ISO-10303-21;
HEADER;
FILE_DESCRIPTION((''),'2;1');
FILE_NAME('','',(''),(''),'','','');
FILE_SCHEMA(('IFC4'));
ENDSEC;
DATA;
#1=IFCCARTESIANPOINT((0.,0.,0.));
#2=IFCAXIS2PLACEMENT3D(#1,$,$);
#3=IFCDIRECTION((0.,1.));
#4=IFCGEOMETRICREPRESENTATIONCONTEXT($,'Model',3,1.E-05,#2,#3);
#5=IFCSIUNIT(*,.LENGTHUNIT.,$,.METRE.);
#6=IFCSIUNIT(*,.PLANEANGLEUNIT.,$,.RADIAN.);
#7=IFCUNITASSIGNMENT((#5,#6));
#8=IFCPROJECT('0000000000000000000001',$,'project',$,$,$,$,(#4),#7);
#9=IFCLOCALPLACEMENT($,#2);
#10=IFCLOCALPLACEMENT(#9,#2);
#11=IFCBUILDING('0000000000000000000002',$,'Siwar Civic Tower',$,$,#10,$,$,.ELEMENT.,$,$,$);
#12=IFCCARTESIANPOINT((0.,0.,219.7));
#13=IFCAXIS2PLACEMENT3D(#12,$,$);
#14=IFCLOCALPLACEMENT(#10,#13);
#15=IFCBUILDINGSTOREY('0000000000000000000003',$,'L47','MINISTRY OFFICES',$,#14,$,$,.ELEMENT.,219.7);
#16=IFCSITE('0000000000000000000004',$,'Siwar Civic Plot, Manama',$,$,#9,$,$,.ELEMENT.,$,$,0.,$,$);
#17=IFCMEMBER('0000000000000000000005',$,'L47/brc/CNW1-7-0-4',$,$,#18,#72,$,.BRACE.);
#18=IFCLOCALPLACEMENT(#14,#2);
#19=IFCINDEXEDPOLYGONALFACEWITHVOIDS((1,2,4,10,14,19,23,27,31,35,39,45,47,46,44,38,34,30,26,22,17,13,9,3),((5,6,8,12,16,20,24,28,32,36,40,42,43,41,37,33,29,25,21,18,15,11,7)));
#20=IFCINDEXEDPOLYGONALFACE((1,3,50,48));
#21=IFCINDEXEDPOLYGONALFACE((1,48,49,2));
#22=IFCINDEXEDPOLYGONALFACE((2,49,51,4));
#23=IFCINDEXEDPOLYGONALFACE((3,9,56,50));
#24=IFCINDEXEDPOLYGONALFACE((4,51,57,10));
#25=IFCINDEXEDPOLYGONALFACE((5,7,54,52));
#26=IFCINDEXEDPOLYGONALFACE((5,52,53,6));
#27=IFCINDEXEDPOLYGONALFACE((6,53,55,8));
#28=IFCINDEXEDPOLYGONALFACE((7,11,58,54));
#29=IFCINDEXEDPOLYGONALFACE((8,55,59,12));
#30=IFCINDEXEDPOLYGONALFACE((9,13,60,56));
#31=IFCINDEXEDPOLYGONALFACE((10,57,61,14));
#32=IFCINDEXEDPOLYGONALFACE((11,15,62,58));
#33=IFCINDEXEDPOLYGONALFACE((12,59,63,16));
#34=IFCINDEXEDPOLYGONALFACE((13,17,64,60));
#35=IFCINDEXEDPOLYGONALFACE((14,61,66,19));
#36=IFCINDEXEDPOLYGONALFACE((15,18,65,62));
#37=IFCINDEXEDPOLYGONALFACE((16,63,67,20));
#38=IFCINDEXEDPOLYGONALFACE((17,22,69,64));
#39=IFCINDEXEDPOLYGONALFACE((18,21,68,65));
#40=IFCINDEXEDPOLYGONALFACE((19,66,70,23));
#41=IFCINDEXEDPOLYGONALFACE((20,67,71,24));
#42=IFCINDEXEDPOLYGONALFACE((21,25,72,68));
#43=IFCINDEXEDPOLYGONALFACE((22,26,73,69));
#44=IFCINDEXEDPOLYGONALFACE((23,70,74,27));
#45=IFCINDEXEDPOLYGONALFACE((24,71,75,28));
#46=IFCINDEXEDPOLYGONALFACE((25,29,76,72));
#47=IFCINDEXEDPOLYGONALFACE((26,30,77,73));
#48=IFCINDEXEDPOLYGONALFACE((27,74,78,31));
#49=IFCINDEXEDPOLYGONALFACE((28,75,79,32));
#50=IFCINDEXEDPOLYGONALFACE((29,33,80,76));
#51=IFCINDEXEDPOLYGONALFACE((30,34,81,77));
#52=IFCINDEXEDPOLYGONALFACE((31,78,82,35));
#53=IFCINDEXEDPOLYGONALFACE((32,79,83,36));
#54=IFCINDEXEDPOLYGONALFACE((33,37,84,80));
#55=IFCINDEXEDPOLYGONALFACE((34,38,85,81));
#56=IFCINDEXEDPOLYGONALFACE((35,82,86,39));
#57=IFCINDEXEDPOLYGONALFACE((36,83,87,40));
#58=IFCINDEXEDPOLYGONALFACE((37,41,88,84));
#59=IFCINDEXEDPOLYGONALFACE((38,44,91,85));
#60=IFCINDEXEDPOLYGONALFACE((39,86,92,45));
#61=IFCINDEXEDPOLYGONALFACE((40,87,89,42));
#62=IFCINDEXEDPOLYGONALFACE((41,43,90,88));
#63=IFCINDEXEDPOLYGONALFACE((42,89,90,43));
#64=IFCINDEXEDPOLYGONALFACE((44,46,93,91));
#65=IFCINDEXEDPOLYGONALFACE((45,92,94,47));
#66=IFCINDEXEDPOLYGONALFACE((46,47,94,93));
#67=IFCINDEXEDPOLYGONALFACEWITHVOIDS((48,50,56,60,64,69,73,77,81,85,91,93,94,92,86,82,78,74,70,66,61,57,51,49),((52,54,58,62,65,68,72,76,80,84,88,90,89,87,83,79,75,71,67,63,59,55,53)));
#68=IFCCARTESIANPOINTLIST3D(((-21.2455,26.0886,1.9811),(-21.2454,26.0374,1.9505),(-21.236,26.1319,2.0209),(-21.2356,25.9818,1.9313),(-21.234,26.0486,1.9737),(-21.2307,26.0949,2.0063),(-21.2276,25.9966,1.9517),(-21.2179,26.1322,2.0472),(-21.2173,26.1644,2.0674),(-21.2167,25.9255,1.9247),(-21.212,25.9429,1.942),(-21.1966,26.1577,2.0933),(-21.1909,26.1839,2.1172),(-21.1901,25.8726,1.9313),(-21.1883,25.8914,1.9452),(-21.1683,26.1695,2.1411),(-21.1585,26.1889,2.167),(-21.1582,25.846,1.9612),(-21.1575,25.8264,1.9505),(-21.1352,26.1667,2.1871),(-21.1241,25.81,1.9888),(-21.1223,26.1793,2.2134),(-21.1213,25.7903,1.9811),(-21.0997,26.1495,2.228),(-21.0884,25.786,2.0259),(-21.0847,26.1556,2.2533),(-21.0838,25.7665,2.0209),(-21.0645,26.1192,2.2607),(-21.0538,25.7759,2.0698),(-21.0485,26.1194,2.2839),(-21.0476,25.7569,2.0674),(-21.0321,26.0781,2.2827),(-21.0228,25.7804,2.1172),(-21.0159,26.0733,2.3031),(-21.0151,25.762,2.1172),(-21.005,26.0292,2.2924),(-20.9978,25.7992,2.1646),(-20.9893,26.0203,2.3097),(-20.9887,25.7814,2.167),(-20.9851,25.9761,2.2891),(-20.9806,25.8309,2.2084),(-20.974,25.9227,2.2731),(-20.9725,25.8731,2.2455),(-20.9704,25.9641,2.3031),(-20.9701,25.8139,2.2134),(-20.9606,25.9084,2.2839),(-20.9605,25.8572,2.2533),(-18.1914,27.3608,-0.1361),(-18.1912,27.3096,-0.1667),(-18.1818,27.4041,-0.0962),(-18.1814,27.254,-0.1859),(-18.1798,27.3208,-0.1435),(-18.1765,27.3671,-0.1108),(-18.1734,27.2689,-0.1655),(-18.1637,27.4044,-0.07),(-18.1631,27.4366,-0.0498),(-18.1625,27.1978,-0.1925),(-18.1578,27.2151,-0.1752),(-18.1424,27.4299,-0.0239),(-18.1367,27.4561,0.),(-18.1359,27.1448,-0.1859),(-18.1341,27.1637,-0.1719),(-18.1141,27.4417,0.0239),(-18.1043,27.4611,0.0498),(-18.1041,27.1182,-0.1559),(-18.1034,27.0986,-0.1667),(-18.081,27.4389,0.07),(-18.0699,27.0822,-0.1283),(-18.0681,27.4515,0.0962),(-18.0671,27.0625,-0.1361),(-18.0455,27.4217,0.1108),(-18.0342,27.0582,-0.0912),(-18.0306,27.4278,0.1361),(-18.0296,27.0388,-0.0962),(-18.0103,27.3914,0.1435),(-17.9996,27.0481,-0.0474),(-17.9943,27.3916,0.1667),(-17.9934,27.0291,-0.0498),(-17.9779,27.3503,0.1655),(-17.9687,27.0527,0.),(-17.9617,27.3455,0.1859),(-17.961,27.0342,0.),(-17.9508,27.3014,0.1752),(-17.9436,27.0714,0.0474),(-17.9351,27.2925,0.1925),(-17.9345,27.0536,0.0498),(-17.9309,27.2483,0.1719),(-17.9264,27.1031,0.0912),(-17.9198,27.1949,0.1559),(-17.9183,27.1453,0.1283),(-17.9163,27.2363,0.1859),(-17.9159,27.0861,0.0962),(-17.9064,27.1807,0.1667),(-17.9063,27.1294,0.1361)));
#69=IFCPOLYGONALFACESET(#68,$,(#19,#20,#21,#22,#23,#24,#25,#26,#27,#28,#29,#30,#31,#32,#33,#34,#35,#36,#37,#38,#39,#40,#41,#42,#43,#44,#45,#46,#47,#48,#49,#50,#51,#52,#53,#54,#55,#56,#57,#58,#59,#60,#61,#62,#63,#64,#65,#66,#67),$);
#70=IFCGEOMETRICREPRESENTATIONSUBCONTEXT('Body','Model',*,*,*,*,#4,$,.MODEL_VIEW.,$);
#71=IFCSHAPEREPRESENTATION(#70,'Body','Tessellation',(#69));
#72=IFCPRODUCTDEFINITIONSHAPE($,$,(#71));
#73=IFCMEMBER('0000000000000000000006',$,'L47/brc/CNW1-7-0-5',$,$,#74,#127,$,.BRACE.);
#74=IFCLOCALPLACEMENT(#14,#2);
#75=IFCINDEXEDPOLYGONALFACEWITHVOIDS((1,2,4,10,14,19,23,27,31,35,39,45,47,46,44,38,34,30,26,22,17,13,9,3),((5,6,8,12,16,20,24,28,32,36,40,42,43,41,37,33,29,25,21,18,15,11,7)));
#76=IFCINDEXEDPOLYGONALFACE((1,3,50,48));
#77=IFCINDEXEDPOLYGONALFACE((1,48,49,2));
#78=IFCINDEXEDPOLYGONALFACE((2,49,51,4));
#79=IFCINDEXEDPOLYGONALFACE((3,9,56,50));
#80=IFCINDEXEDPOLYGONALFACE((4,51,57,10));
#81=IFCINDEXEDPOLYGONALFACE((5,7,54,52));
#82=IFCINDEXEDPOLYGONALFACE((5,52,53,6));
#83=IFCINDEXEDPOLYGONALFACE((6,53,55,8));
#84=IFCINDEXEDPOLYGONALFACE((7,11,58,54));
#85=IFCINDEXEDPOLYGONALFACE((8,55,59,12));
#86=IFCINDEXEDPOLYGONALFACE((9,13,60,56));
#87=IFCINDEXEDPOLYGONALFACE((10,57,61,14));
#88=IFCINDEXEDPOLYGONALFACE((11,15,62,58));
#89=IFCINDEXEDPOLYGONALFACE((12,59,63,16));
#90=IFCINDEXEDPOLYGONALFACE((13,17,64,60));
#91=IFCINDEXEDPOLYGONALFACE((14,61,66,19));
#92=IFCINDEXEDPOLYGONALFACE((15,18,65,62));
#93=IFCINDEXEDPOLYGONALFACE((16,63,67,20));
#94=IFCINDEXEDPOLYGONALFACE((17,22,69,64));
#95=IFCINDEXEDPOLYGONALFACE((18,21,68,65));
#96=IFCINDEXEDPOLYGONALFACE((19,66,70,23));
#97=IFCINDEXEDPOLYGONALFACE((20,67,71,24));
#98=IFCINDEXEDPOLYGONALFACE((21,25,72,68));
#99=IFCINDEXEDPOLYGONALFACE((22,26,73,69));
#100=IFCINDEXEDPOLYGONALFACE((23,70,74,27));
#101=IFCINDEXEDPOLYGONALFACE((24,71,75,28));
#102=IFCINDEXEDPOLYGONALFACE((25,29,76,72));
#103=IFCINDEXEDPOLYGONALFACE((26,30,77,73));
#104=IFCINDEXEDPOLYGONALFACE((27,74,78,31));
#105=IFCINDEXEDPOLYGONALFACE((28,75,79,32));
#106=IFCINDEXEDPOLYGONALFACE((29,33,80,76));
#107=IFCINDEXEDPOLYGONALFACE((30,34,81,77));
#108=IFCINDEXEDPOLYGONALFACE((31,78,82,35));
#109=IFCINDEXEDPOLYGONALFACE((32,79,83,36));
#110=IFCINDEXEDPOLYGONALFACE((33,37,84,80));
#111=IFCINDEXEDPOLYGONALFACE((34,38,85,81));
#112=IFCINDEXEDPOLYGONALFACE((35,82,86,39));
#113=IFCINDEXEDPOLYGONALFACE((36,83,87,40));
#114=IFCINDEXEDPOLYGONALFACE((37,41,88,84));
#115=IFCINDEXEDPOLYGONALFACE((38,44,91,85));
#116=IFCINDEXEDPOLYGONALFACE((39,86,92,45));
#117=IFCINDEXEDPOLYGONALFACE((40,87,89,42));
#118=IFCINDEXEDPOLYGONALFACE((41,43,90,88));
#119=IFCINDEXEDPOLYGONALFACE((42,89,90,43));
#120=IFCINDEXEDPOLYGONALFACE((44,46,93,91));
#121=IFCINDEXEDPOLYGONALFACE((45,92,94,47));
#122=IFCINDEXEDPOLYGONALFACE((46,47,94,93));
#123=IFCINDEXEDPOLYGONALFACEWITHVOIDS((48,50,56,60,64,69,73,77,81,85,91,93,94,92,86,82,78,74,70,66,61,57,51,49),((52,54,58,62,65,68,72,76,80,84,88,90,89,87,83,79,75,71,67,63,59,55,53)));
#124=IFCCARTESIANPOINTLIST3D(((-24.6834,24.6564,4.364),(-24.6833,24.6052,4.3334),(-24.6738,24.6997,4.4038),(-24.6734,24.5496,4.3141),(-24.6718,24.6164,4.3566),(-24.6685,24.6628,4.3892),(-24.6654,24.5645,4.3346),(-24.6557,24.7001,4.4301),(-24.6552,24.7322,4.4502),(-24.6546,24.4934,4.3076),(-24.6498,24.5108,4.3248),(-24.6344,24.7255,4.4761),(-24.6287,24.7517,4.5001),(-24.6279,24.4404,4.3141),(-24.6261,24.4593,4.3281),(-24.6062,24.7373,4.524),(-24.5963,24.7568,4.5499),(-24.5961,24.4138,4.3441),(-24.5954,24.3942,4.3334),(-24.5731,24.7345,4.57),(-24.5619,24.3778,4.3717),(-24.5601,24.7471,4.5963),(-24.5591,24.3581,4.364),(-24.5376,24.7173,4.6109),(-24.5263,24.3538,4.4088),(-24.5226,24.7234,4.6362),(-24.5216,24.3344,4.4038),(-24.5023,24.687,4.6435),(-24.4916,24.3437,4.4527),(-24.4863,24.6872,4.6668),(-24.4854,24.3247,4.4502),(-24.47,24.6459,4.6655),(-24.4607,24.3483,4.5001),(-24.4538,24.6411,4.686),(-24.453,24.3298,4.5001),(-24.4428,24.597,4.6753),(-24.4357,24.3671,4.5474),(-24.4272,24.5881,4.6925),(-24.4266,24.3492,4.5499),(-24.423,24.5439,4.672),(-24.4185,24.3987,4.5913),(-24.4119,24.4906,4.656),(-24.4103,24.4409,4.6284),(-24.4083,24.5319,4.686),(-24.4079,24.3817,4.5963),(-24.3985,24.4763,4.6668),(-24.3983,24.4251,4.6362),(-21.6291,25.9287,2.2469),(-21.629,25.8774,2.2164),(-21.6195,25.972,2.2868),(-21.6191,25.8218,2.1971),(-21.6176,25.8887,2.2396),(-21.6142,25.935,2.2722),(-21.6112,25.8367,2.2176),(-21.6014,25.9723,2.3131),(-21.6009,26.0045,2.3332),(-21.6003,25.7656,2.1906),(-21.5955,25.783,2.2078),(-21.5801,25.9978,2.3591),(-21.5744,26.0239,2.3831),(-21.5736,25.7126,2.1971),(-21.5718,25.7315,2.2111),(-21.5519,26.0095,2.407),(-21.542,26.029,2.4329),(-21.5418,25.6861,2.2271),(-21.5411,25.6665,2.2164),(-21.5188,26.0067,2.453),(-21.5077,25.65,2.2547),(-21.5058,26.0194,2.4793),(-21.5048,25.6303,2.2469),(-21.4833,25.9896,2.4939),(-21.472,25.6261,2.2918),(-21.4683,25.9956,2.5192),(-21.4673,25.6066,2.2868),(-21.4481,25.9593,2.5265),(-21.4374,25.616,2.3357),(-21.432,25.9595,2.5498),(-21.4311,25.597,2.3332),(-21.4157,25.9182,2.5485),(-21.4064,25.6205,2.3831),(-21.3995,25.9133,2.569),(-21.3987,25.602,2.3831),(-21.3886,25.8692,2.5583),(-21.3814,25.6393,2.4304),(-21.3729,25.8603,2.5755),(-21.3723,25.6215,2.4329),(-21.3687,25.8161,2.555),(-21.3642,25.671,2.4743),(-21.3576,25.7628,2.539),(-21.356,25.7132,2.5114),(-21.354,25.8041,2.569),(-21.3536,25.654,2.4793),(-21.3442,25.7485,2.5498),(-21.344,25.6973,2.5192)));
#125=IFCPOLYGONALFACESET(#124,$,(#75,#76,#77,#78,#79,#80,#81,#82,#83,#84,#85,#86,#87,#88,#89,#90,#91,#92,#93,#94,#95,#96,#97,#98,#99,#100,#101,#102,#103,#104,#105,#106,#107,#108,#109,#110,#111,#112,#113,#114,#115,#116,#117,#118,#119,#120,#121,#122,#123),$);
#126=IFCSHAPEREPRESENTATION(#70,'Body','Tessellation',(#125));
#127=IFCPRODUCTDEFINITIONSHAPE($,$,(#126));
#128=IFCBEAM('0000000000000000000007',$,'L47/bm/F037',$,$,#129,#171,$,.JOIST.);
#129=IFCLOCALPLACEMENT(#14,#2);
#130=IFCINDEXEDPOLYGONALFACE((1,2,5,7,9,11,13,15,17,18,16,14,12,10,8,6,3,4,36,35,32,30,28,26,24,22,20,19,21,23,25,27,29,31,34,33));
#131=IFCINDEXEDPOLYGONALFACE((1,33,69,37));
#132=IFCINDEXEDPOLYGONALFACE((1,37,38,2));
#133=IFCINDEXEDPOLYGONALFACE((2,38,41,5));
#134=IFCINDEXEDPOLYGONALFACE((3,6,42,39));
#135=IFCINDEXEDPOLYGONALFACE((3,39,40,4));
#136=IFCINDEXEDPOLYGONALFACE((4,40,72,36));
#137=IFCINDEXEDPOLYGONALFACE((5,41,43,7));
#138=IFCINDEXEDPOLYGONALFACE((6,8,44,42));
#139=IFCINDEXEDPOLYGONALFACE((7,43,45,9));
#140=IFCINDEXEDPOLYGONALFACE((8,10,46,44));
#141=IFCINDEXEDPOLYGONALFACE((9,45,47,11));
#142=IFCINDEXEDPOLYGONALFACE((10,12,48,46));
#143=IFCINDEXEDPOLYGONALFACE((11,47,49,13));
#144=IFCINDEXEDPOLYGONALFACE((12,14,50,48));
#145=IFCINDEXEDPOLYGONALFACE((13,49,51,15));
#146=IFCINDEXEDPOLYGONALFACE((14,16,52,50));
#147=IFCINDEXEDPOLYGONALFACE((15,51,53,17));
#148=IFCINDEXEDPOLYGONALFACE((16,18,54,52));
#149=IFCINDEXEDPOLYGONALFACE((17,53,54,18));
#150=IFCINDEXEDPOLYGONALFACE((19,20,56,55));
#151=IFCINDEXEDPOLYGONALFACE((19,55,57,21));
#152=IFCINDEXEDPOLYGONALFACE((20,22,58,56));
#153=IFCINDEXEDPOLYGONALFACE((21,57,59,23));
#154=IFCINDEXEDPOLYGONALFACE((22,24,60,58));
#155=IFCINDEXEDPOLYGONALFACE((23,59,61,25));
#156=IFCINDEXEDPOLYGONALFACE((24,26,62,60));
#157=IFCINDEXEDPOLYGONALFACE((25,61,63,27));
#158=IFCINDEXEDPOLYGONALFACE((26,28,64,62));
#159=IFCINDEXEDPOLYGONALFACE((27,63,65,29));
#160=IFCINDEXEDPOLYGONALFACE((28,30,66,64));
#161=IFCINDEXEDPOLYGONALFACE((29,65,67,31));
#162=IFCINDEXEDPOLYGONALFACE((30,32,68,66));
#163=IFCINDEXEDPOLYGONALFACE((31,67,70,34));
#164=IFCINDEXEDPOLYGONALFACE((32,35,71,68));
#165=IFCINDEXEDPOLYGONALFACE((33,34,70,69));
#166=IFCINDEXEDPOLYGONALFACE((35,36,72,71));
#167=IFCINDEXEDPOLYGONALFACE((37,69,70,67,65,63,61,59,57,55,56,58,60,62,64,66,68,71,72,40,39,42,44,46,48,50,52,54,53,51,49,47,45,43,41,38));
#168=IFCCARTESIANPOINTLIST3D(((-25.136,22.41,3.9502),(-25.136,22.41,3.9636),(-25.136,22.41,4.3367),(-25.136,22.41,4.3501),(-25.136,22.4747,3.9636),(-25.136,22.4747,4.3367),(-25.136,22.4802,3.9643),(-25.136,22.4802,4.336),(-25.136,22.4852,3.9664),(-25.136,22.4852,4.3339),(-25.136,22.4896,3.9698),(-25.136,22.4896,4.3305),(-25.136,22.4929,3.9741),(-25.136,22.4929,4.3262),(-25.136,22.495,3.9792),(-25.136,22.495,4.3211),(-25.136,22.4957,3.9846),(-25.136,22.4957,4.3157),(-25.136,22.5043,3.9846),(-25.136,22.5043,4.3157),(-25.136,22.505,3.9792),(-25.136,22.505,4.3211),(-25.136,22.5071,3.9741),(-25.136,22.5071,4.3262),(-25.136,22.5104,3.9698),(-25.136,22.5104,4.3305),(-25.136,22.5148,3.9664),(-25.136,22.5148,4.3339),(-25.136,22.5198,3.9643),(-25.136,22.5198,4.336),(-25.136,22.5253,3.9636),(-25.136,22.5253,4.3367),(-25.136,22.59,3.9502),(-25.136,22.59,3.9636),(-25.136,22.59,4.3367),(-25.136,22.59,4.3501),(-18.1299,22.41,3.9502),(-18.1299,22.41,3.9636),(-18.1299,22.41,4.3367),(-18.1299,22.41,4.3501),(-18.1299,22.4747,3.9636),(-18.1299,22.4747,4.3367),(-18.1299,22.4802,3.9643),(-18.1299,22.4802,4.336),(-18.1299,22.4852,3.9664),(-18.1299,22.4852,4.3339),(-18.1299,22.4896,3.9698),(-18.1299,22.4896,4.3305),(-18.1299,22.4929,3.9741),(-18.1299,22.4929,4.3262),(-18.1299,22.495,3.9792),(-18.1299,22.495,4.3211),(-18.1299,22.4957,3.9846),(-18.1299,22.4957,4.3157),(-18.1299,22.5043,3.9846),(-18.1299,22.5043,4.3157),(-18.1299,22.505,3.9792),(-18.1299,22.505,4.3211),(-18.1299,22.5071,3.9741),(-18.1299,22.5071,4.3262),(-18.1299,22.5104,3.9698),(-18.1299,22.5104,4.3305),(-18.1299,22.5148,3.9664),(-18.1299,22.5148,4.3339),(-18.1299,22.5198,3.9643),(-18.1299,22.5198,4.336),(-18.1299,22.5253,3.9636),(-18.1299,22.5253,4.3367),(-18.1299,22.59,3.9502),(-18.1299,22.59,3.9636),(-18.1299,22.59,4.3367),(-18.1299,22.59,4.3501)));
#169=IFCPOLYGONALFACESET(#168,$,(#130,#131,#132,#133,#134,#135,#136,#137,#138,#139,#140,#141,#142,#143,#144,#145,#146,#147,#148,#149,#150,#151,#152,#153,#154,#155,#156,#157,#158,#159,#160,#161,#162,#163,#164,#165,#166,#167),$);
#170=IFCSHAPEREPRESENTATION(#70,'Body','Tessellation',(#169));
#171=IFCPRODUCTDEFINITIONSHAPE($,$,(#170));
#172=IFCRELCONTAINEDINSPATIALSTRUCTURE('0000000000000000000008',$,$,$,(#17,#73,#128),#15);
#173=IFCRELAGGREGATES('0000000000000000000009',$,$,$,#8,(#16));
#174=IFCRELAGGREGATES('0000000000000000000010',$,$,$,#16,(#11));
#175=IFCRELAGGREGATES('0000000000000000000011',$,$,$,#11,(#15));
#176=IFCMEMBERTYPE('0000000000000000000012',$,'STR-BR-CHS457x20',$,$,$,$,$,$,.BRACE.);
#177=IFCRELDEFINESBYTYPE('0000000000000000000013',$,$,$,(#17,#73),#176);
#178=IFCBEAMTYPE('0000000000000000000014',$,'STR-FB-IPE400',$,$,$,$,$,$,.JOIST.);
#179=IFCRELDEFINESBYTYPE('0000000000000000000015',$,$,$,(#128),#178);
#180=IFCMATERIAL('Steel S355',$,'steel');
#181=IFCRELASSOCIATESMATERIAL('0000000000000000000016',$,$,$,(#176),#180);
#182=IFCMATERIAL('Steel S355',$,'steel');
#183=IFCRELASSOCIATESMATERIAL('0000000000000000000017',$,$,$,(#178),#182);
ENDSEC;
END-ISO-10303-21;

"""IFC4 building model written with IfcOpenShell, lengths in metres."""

from ifc_helpers import new_model, si_unit, direction, frame, origin, origin_2d, place, context, subcontext, project, spatial, hollow_circle, i_section, extrude, material, material_profile, profile_set, type_object, element, save


model = new_model("IFC4")

# Units and contexts
model_context = context("Model", 3, precision=1e-05, world=origin(), true_north=direction((0.0, 1.0)))
body_context = subcontext(model_context, "Body", "Model", "MODEL_VIEW")
ifc_project = project(units=[si_unit("LENGTHUNIT", "METRE"), si_unit("PLANEANGLEUNIT", "RADIAN")], contexts=[model_context])

# Site, building, storey
site_placement = place(None, origin())
site = spatial("IfcSite", under=ifc_project, at=site_placement, Name="Siwar Civic Plot, Manama", CompositionType="ELEMENT", RefElevation=0.0)
building_placement = place(site_placement, origin())
building = spatial("IfcBuilding", under=site, at=building_placement, Name="Siwar Civic Tower", CompositionType="ELEMENT")
storey_placement = place(building_placement, frame((0.0, 0.0, 219.7)))
storey = spatial("IfcBuildingStorey", under=building, at=storey_placement, Name="L47", Description="MINISTRY OFFICES", CompositionType="ELEMENT", Elevation=219.7)

# Members
ifc_material_1 = material(Name="Steel S355", Category="steel")
ifc_material_profile_1 = material_profile(ifc_material_1, hollow_circle(Radius=0.2285, WallThickness=0.02, at=origin_2d()), Name="CHS457x20")
ifc_profile_set_1 = profile_set([ifc_material_profile_1], Name="Steel S355")
member_type_1 = type_object("IfcMemberType", Name="STR-BR-CHS457x20", PredefinedType="BRACE", material=ifc_profile_set_1)
for number, where, z_axis, x_axis, name in (
    (1, (-18.0488, 27.2451, 0.0), (-0.777546, -0.323884, 0.538999), (0.384521, -0.923116, 0.0), "L47/brc/CNW1-7-0-4"),
    (2, (-21.4866, 25.813, 2.3831), (-0.777572, -0.323895, 0.538955), (0.384521, -0.923116, 0.0), "L47/brc/CNW1-7-0-5"),
):
    element("IfcMember", number, at=place(storey_placement, frame(where, z_axis=z_axis, x_axis=x_axis)), inside=storey, type_object=member_type_1, Name=name, PredefinedType="BRACE", context=body_context, shape_type="SweptSolid", body=[
        extrude(hollow_circle(Radius=0.2285, WallThickness=0.02, at=origin_2d()), origin(), (0.0, 0.0, 1.0), 3.928),
    ])

# Beam
ifc_material_2 = material(Name="Steel S355", Category="steel")
ifc_material_profile_2 = material_profile(ifc_material_2, i_section(OverallWidth=0.1799, OverallDepth=0.3999, WebThickness=0.0085, FlangeThickness=0.0134, FilletRadius=0.021, at=origin_2d()), Name="IPE400")
ifc_profile_set_2 = profile_set([ifc_material_profile_2], Name="Steel S355")
beam_type_1 = type_object("IfcBeamType", Name="STR-FB-IPE400", PredefinedType="JOIST", material=ifc_profile_set_2)
beam_1_placement = place(storey_placement, frame((-25.136, 22.5, 4.1501), z_axis=(1.0, 0.0, 0.0), x_axis=(0.0, 1.0, 0.0)))
element("IfcBeam", 3, at=beam_1_placement, inside=storey, type_object=beam_type_1, Name="L47/bm/F037", PredefinedType="JOIST", context=body_context, shape_type="SweptSolid", body=[
    extrude(i_section(OverallWidth=0.1799, OverallDepth=0.3999, WebThickness=0.0085, FlangeThickness=0.0134, FilletRadius=0.021, at=origin_2d()), origin(), (0.0, 0.0, 1.0), 7.0061),
])

save(model, "model.ifc")
